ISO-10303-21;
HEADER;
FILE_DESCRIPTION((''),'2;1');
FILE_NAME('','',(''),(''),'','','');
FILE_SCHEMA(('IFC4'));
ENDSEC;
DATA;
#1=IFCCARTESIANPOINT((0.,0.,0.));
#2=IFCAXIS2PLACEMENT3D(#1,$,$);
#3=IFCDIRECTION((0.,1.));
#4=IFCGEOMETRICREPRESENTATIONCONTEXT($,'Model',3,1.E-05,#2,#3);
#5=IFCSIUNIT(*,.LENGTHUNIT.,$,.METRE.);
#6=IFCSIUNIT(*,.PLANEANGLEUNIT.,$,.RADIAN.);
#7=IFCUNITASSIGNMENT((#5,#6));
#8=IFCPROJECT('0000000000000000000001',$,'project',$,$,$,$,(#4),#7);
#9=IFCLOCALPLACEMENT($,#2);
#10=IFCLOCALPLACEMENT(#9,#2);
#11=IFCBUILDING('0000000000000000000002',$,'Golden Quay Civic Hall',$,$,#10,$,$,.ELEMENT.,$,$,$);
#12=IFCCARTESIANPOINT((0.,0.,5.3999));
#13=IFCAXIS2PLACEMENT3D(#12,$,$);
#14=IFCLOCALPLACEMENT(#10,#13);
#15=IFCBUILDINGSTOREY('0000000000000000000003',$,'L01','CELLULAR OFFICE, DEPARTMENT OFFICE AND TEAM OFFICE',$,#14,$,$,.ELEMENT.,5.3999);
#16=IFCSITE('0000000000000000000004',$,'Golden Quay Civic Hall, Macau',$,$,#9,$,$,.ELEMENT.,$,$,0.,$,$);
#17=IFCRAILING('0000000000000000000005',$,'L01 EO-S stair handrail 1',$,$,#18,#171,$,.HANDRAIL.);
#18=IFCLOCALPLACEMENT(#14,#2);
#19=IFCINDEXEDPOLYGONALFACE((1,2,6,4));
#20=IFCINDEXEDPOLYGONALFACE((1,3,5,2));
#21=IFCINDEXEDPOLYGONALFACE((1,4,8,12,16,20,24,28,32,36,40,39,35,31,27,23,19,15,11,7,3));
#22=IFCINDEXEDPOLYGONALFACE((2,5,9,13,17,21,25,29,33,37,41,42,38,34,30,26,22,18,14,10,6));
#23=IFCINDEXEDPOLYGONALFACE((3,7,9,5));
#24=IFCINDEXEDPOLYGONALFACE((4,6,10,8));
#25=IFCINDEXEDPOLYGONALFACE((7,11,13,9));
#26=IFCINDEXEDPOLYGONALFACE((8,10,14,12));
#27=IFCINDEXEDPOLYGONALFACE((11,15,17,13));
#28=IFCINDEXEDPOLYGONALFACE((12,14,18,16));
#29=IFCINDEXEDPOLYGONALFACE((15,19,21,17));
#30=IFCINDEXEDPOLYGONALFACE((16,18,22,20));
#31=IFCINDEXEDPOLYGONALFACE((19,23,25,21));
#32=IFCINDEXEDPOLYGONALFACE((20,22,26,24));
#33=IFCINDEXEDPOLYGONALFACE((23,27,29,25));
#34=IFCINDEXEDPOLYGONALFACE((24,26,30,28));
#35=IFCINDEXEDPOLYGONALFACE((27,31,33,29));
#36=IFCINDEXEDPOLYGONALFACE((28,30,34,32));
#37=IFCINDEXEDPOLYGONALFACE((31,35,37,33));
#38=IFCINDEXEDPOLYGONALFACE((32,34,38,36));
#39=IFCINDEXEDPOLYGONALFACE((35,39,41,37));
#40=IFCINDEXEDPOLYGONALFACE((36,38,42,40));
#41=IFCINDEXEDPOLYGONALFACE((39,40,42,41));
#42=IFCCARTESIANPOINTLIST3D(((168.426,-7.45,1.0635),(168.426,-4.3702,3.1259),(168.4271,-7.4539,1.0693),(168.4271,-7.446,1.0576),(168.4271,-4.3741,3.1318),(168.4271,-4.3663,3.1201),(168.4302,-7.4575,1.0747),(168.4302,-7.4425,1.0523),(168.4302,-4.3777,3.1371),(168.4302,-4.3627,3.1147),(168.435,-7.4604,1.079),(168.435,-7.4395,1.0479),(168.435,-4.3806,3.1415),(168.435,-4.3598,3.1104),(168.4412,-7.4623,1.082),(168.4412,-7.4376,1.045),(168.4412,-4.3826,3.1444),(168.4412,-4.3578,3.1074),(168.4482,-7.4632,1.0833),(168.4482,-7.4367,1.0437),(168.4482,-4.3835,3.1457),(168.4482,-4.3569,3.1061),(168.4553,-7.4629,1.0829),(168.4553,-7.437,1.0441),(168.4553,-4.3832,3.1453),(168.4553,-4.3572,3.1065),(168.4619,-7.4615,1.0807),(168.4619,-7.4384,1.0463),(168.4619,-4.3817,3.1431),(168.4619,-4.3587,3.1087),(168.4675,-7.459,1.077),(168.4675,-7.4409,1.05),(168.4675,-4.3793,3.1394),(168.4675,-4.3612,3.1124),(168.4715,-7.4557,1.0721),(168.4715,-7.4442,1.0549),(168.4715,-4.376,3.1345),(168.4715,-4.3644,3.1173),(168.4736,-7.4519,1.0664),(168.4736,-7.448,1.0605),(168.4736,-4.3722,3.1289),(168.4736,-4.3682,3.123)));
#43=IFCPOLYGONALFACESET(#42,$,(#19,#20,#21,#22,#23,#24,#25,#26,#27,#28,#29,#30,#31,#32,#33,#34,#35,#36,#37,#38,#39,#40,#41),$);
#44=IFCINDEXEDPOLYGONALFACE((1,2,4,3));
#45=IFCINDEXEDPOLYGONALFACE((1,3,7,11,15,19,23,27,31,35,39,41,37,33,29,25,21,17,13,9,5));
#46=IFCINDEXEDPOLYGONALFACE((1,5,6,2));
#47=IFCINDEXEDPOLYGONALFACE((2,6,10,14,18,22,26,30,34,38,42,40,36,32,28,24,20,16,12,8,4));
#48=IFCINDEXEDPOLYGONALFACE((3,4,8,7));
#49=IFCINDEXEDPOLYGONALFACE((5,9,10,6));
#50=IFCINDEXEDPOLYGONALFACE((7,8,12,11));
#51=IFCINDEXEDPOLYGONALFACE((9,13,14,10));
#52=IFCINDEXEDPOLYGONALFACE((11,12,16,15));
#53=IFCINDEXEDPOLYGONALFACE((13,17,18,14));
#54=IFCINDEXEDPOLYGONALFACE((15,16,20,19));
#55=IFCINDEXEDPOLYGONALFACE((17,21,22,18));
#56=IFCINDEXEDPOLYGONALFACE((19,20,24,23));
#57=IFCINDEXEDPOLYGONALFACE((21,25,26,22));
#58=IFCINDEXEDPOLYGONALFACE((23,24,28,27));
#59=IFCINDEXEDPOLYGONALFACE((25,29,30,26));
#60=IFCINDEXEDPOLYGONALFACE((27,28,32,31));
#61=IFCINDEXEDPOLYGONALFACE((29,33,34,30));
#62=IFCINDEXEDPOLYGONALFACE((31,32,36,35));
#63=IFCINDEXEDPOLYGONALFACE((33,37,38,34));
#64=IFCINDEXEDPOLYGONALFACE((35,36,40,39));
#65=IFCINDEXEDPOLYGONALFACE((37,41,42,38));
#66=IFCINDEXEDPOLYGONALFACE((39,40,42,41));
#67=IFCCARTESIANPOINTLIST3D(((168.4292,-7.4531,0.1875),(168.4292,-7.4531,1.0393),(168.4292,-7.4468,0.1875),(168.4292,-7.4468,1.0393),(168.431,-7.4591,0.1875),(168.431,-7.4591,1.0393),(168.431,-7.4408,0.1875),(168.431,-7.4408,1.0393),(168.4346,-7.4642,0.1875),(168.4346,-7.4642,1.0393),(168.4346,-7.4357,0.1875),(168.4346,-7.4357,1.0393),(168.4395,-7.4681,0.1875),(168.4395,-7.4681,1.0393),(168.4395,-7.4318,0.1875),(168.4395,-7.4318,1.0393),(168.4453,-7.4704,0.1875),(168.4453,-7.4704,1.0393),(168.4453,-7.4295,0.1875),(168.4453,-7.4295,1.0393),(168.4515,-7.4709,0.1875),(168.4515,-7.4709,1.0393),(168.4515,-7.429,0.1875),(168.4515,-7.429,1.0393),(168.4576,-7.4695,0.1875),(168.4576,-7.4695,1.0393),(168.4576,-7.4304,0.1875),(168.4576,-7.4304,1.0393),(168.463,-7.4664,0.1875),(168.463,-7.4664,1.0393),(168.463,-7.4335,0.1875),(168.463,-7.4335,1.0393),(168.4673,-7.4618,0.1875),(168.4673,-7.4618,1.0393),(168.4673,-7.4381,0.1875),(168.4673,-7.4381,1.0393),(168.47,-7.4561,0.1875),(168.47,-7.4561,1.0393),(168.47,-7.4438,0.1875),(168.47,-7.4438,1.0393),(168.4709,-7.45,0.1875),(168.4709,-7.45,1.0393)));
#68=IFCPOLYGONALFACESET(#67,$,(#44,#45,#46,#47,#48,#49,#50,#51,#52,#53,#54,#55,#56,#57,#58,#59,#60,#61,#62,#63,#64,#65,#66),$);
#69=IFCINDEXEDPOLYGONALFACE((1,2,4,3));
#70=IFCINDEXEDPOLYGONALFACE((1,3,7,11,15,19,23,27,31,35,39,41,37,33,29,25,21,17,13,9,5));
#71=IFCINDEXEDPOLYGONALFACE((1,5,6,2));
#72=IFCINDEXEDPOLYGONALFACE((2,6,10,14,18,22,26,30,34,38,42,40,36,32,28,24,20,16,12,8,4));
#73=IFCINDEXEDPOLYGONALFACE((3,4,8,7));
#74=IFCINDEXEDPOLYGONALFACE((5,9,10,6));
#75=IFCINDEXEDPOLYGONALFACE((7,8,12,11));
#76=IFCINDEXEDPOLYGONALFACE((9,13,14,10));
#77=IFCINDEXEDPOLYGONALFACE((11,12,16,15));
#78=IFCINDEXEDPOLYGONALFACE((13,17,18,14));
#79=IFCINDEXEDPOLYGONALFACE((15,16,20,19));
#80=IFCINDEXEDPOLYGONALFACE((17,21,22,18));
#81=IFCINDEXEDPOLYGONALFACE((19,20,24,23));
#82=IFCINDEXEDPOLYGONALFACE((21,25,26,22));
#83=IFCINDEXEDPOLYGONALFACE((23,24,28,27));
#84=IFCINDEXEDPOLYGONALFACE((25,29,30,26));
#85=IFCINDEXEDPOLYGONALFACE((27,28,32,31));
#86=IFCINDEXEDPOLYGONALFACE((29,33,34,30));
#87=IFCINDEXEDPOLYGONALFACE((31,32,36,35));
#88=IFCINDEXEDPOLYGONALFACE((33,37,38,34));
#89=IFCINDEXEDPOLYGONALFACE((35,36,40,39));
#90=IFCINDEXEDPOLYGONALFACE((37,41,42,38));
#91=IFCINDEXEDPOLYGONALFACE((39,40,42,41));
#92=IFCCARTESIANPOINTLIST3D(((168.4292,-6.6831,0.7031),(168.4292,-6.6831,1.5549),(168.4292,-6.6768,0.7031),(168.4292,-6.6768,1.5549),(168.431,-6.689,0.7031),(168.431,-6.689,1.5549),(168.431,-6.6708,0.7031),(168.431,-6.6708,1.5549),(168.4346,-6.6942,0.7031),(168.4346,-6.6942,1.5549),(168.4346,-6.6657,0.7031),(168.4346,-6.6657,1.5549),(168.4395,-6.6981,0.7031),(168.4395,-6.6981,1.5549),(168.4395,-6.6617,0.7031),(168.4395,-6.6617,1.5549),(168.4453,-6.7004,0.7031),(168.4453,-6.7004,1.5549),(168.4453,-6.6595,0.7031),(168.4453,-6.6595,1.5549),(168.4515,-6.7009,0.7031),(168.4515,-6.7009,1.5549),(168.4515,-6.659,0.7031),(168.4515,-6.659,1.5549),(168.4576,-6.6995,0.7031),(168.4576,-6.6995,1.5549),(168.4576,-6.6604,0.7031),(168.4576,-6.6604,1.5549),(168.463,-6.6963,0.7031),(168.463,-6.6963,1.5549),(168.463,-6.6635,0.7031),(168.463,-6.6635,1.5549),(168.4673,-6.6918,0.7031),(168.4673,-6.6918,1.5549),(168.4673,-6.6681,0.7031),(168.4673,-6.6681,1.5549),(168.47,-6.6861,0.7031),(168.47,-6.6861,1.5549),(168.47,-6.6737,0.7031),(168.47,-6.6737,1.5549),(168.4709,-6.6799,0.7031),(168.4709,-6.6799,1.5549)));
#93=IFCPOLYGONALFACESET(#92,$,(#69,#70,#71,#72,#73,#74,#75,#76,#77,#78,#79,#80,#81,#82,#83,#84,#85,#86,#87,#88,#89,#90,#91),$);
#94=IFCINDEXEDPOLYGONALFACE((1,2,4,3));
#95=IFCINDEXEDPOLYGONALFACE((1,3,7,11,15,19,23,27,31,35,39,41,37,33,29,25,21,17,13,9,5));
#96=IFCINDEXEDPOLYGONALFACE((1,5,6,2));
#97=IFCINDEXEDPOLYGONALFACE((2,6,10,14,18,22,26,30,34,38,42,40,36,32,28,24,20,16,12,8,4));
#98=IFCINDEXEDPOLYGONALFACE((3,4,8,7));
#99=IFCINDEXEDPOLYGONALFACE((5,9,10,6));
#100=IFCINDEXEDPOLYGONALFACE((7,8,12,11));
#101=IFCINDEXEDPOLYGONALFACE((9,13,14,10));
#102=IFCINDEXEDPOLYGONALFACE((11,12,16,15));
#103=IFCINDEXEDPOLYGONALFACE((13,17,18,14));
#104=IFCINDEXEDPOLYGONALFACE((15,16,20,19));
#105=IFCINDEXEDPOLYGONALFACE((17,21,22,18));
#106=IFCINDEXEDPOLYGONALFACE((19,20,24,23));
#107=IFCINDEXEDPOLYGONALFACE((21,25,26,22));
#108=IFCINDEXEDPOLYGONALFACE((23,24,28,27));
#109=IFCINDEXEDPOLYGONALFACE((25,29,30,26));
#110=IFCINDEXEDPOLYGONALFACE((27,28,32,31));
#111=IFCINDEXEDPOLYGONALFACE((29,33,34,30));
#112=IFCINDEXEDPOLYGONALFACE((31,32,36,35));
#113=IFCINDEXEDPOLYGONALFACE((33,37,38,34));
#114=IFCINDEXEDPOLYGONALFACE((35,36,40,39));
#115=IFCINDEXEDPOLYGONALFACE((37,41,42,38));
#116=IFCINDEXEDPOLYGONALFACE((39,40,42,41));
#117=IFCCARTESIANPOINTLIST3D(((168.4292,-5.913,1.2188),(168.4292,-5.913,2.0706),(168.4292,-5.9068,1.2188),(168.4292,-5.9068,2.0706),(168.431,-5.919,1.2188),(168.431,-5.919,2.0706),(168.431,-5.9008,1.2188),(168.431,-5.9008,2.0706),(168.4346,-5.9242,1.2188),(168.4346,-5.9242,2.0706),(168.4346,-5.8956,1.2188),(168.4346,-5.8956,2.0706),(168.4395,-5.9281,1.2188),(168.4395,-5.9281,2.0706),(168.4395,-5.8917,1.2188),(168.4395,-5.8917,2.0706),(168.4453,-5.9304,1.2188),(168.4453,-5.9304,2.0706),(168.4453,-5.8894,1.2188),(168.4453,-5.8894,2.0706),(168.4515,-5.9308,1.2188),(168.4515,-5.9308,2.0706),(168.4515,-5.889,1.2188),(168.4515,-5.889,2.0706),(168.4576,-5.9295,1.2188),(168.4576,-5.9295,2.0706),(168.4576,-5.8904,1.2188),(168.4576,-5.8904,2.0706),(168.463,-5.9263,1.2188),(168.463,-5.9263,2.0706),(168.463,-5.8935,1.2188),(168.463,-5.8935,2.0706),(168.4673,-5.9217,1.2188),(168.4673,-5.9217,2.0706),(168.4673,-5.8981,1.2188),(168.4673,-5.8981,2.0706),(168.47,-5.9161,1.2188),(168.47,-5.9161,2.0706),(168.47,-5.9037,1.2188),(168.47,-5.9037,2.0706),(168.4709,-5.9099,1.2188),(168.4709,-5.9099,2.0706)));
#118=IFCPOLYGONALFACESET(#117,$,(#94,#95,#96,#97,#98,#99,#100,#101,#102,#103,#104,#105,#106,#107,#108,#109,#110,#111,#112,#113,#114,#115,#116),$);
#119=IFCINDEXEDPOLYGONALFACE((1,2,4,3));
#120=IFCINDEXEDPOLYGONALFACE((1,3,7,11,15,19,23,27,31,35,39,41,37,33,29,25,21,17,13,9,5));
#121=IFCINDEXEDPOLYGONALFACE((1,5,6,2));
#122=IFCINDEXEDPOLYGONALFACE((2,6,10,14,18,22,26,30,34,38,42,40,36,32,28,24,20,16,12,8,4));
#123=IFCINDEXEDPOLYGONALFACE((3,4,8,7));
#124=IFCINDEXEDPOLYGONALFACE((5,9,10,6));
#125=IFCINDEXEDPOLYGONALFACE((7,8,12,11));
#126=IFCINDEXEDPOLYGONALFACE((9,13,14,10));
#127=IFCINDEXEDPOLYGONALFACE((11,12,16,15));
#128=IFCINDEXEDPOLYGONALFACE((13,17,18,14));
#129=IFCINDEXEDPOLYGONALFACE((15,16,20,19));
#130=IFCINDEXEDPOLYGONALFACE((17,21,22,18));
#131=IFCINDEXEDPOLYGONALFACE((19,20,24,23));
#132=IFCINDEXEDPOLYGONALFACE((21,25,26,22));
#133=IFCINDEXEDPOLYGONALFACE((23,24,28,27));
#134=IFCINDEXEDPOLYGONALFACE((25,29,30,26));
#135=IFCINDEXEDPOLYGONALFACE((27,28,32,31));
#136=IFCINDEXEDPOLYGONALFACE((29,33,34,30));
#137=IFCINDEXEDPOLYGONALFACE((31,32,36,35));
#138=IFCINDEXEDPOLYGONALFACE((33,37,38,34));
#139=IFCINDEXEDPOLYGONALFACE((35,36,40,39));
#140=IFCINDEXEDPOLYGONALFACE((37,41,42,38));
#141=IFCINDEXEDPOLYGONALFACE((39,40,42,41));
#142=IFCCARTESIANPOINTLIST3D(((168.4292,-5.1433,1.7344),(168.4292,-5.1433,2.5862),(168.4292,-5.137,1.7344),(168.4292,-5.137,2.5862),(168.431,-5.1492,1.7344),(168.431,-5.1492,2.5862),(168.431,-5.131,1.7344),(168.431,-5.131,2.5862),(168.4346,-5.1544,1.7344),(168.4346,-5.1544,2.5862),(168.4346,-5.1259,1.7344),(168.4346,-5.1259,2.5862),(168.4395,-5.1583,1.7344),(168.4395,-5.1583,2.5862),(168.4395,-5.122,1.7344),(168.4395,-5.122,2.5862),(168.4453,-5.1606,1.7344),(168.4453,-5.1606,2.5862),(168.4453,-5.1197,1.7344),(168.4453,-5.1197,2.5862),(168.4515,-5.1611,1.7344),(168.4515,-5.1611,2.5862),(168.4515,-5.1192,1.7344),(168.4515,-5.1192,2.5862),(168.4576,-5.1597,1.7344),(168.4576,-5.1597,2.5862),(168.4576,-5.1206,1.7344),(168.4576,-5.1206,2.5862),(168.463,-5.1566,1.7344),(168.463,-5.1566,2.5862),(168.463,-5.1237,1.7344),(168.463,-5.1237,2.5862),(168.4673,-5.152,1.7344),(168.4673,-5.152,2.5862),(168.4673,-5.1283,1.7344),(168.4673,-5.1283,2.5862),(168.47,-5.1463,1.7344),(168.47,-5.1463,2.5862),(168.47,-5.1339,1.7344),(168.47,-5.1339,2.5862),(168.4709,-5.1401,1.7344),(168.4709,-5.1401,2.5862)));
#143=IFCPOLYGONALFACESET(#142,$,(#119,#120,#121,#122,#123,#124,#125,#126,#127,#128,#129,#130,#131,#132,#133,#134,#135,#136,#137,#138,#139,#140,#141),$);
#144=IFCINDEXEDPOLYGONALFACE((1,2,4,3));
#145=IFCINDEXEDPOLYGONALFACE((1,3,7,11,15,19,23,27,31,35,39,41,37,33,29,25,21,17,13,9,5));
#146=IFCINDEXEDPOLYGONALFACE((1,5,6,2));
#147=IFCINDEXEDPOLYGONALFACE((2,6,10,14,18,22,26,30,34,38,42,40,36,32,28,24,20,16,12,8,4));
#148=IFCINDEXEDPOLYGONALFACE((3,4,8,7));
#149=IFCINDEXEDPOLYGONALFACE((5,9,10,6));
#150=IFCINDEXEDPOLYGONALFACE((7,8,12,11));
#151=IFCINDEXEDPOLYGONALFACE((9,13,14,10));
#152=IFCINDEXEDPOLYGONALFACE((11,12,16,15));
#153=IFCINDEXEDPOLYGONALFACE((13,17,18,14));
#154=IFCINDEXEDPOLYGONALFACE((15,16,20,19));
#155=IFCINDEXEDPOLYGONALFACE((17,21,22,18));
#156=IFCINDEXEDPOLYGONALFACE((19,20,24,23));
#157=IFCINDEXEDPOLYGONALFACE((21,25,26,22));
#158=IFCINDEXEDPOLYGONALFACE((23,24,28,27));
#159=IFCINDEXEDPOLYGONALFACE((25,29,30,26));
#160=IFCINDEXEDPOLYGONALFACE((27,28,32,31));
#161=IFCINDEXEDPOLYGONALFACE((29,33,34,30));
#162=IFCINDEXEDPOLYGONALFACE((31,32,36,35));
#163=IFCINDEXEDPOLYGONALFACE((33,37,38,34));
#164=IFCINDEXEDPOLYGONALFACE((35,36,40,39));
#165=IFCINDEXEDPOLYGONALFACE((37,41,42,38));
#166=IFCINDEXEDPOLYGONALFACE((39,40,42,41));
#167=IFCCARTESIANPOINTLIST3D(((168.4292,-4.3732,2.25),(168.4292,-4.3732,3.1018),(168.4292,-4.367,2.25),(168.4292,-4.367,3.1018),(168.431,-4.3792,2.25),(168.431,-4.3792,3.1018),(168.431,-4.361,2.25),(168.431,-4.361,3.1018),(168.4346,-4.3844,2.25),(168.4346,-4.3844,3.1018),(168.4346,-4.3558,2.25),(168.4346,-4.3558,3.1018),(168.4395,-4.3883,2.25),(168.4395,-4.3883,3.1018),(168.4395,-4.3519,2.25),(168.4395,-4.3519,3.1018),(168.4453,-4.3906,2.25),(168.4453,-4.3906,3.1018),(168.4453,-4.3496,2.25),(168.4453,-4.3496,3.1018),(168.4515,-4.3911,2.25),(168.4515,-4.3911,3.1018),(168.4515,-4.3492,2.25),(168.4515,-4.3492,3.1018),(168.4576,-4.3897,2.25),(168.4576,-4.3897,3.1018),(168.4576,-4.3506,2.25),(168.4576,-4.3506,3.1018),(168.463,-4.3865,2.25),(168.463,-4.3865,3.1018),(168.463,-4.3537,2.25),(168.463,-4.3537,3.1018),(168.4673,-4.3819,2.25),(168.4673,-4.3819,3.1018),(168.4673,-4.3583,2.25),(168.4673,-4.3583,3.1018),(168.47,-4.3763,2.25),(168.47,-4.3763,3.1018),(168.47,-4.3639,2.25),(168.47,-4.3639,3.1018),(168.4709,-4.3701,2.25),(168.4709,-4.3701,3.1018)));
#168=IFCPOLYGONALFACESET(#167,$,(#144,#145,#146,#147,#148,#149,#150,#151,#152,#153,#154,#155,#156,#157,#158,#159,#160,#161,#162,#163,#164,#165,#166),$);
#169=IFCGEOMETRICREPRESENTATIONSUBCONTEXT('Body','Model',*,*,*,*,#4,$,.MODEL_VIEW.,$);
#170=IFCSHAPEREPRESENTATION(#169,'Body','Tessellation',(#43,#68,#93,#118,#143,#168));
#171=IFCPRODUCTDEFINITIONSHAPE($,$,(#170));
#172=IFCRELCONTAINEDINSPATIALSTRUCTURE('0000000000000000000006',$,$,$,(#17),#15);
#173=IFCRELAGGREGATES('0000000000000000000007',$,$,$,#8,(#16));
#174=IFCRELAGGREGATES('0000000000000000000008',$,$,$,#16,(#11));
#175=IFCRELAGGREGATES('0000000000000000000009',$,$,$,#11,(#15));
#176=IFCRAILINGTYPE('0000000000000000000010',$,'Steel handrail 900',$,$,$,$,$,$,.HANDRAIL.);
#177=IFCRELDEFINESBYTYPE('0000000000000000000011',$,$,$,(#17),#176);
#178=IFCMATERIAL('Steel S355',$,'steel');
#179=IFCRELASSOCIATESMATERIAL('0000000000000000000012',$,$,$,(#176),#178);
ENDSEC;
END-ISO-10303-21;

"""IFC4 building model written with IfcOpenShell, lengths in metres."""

from ifc_helpers import new_model, si_unit, direction, frame, origin, origin_2d, place, context, subcontext, project, spatial, circle, extrude, material, type_object, element, save


model = new_model("IFC4")

# Units and contexts
model_context = context("Model", 3, precision=1e-05, world=origin(), true_north=direction((0.0, 1.0)))
body_context = subcontext(model_context, "Body", "Model", "MODEL_VIEW")
ifc_project = project(units=[si_unit("LENGTHUNIT", "METRE"), si_unit("PLANEANGLEUNIT", "RADIAN")], contexts=[model_context])

# Site, building, storey
site_placement = place(None, origin())
site = spatial("IfcSite", under=ifc_project, at=site_placement, Name="Golden Quay Civic Hall, Macau", CompositionType="ELEMENT", RefElevation=0.0)
building_placement = place(site_placement, origin())
building = spatial("IfcBuilding", under=site, at=building_placement, Name="Golden Quay Civic Hall", CompositionType="ELEMENT")
storey_placement = place(building_placement, frame((0.0, 0.0, 5.3999)))
storey = spatial("IfcBuildingStorey", under=building, at=storey_placement, Name="L01", Description="CELLULAR OFFICE, DEPARTMENT OFFICE AND TEAM OFFICE", CompositionType="ELEMENT", Elevation=5.3999)

# Railing
ifc_material_1 = material(Name="Steel S355", Category="steel")
railing_type_1 = type_object("IfcRailingType", Name="Steel handrail 900", PredefinedType="HANDRAIL", material=ifc_material_1)
railing_1_placement = place(storey_placement, frame((168.45, -7.45, 0.1875)))
element("IfcRailing", 1, at=railing_1_placement, inside=storey, type_object=railing_type_1, Name="L01 EO-S stair handrail 1", PredefinedType="HANDRAIL", context=body_context, shape_type="SweptSolid", body=[
    extrude(circle(Radius=0.0239, at=origin_2d()), frame((0.0, 0.0, 0.876), z_axis=(0.0, 0.830893, 0.556432), x_axis=(-1.0, 0.0, 0.0)), (0.0, 0.0, 1.0), 3.7065),
    extrude(circle(Radius=0.021, at=origin_2d()), origin(), (0.0, 0.0, 1.0), 0.8518),
    extrude(circle(Radius=0.021, at=origin_2d()), frame((0.0, 0.77, 0.5156)), (0.0, 0.0, 1.0), 0.8518),
    extrude(circle(Radius=0.021, at=origin_2d()), frame((0.0, 1.54, 1.0312)), (0.0, 0.0, 1.0), 0.8518),
    extrude(circle(Radius=0.021, at=origin_2d()), frame((0.0, 2.3098, 1.5469)), (0.0, 0.0, 1.0), 0.8518),
    extrude(circle(Radius=0.021, at=origin_2d()), frame((0.0, 3.0798, 2.0625)), (0.0, 0.0, 1.0), 0.8518),
])

save(model, "model.ifc")
